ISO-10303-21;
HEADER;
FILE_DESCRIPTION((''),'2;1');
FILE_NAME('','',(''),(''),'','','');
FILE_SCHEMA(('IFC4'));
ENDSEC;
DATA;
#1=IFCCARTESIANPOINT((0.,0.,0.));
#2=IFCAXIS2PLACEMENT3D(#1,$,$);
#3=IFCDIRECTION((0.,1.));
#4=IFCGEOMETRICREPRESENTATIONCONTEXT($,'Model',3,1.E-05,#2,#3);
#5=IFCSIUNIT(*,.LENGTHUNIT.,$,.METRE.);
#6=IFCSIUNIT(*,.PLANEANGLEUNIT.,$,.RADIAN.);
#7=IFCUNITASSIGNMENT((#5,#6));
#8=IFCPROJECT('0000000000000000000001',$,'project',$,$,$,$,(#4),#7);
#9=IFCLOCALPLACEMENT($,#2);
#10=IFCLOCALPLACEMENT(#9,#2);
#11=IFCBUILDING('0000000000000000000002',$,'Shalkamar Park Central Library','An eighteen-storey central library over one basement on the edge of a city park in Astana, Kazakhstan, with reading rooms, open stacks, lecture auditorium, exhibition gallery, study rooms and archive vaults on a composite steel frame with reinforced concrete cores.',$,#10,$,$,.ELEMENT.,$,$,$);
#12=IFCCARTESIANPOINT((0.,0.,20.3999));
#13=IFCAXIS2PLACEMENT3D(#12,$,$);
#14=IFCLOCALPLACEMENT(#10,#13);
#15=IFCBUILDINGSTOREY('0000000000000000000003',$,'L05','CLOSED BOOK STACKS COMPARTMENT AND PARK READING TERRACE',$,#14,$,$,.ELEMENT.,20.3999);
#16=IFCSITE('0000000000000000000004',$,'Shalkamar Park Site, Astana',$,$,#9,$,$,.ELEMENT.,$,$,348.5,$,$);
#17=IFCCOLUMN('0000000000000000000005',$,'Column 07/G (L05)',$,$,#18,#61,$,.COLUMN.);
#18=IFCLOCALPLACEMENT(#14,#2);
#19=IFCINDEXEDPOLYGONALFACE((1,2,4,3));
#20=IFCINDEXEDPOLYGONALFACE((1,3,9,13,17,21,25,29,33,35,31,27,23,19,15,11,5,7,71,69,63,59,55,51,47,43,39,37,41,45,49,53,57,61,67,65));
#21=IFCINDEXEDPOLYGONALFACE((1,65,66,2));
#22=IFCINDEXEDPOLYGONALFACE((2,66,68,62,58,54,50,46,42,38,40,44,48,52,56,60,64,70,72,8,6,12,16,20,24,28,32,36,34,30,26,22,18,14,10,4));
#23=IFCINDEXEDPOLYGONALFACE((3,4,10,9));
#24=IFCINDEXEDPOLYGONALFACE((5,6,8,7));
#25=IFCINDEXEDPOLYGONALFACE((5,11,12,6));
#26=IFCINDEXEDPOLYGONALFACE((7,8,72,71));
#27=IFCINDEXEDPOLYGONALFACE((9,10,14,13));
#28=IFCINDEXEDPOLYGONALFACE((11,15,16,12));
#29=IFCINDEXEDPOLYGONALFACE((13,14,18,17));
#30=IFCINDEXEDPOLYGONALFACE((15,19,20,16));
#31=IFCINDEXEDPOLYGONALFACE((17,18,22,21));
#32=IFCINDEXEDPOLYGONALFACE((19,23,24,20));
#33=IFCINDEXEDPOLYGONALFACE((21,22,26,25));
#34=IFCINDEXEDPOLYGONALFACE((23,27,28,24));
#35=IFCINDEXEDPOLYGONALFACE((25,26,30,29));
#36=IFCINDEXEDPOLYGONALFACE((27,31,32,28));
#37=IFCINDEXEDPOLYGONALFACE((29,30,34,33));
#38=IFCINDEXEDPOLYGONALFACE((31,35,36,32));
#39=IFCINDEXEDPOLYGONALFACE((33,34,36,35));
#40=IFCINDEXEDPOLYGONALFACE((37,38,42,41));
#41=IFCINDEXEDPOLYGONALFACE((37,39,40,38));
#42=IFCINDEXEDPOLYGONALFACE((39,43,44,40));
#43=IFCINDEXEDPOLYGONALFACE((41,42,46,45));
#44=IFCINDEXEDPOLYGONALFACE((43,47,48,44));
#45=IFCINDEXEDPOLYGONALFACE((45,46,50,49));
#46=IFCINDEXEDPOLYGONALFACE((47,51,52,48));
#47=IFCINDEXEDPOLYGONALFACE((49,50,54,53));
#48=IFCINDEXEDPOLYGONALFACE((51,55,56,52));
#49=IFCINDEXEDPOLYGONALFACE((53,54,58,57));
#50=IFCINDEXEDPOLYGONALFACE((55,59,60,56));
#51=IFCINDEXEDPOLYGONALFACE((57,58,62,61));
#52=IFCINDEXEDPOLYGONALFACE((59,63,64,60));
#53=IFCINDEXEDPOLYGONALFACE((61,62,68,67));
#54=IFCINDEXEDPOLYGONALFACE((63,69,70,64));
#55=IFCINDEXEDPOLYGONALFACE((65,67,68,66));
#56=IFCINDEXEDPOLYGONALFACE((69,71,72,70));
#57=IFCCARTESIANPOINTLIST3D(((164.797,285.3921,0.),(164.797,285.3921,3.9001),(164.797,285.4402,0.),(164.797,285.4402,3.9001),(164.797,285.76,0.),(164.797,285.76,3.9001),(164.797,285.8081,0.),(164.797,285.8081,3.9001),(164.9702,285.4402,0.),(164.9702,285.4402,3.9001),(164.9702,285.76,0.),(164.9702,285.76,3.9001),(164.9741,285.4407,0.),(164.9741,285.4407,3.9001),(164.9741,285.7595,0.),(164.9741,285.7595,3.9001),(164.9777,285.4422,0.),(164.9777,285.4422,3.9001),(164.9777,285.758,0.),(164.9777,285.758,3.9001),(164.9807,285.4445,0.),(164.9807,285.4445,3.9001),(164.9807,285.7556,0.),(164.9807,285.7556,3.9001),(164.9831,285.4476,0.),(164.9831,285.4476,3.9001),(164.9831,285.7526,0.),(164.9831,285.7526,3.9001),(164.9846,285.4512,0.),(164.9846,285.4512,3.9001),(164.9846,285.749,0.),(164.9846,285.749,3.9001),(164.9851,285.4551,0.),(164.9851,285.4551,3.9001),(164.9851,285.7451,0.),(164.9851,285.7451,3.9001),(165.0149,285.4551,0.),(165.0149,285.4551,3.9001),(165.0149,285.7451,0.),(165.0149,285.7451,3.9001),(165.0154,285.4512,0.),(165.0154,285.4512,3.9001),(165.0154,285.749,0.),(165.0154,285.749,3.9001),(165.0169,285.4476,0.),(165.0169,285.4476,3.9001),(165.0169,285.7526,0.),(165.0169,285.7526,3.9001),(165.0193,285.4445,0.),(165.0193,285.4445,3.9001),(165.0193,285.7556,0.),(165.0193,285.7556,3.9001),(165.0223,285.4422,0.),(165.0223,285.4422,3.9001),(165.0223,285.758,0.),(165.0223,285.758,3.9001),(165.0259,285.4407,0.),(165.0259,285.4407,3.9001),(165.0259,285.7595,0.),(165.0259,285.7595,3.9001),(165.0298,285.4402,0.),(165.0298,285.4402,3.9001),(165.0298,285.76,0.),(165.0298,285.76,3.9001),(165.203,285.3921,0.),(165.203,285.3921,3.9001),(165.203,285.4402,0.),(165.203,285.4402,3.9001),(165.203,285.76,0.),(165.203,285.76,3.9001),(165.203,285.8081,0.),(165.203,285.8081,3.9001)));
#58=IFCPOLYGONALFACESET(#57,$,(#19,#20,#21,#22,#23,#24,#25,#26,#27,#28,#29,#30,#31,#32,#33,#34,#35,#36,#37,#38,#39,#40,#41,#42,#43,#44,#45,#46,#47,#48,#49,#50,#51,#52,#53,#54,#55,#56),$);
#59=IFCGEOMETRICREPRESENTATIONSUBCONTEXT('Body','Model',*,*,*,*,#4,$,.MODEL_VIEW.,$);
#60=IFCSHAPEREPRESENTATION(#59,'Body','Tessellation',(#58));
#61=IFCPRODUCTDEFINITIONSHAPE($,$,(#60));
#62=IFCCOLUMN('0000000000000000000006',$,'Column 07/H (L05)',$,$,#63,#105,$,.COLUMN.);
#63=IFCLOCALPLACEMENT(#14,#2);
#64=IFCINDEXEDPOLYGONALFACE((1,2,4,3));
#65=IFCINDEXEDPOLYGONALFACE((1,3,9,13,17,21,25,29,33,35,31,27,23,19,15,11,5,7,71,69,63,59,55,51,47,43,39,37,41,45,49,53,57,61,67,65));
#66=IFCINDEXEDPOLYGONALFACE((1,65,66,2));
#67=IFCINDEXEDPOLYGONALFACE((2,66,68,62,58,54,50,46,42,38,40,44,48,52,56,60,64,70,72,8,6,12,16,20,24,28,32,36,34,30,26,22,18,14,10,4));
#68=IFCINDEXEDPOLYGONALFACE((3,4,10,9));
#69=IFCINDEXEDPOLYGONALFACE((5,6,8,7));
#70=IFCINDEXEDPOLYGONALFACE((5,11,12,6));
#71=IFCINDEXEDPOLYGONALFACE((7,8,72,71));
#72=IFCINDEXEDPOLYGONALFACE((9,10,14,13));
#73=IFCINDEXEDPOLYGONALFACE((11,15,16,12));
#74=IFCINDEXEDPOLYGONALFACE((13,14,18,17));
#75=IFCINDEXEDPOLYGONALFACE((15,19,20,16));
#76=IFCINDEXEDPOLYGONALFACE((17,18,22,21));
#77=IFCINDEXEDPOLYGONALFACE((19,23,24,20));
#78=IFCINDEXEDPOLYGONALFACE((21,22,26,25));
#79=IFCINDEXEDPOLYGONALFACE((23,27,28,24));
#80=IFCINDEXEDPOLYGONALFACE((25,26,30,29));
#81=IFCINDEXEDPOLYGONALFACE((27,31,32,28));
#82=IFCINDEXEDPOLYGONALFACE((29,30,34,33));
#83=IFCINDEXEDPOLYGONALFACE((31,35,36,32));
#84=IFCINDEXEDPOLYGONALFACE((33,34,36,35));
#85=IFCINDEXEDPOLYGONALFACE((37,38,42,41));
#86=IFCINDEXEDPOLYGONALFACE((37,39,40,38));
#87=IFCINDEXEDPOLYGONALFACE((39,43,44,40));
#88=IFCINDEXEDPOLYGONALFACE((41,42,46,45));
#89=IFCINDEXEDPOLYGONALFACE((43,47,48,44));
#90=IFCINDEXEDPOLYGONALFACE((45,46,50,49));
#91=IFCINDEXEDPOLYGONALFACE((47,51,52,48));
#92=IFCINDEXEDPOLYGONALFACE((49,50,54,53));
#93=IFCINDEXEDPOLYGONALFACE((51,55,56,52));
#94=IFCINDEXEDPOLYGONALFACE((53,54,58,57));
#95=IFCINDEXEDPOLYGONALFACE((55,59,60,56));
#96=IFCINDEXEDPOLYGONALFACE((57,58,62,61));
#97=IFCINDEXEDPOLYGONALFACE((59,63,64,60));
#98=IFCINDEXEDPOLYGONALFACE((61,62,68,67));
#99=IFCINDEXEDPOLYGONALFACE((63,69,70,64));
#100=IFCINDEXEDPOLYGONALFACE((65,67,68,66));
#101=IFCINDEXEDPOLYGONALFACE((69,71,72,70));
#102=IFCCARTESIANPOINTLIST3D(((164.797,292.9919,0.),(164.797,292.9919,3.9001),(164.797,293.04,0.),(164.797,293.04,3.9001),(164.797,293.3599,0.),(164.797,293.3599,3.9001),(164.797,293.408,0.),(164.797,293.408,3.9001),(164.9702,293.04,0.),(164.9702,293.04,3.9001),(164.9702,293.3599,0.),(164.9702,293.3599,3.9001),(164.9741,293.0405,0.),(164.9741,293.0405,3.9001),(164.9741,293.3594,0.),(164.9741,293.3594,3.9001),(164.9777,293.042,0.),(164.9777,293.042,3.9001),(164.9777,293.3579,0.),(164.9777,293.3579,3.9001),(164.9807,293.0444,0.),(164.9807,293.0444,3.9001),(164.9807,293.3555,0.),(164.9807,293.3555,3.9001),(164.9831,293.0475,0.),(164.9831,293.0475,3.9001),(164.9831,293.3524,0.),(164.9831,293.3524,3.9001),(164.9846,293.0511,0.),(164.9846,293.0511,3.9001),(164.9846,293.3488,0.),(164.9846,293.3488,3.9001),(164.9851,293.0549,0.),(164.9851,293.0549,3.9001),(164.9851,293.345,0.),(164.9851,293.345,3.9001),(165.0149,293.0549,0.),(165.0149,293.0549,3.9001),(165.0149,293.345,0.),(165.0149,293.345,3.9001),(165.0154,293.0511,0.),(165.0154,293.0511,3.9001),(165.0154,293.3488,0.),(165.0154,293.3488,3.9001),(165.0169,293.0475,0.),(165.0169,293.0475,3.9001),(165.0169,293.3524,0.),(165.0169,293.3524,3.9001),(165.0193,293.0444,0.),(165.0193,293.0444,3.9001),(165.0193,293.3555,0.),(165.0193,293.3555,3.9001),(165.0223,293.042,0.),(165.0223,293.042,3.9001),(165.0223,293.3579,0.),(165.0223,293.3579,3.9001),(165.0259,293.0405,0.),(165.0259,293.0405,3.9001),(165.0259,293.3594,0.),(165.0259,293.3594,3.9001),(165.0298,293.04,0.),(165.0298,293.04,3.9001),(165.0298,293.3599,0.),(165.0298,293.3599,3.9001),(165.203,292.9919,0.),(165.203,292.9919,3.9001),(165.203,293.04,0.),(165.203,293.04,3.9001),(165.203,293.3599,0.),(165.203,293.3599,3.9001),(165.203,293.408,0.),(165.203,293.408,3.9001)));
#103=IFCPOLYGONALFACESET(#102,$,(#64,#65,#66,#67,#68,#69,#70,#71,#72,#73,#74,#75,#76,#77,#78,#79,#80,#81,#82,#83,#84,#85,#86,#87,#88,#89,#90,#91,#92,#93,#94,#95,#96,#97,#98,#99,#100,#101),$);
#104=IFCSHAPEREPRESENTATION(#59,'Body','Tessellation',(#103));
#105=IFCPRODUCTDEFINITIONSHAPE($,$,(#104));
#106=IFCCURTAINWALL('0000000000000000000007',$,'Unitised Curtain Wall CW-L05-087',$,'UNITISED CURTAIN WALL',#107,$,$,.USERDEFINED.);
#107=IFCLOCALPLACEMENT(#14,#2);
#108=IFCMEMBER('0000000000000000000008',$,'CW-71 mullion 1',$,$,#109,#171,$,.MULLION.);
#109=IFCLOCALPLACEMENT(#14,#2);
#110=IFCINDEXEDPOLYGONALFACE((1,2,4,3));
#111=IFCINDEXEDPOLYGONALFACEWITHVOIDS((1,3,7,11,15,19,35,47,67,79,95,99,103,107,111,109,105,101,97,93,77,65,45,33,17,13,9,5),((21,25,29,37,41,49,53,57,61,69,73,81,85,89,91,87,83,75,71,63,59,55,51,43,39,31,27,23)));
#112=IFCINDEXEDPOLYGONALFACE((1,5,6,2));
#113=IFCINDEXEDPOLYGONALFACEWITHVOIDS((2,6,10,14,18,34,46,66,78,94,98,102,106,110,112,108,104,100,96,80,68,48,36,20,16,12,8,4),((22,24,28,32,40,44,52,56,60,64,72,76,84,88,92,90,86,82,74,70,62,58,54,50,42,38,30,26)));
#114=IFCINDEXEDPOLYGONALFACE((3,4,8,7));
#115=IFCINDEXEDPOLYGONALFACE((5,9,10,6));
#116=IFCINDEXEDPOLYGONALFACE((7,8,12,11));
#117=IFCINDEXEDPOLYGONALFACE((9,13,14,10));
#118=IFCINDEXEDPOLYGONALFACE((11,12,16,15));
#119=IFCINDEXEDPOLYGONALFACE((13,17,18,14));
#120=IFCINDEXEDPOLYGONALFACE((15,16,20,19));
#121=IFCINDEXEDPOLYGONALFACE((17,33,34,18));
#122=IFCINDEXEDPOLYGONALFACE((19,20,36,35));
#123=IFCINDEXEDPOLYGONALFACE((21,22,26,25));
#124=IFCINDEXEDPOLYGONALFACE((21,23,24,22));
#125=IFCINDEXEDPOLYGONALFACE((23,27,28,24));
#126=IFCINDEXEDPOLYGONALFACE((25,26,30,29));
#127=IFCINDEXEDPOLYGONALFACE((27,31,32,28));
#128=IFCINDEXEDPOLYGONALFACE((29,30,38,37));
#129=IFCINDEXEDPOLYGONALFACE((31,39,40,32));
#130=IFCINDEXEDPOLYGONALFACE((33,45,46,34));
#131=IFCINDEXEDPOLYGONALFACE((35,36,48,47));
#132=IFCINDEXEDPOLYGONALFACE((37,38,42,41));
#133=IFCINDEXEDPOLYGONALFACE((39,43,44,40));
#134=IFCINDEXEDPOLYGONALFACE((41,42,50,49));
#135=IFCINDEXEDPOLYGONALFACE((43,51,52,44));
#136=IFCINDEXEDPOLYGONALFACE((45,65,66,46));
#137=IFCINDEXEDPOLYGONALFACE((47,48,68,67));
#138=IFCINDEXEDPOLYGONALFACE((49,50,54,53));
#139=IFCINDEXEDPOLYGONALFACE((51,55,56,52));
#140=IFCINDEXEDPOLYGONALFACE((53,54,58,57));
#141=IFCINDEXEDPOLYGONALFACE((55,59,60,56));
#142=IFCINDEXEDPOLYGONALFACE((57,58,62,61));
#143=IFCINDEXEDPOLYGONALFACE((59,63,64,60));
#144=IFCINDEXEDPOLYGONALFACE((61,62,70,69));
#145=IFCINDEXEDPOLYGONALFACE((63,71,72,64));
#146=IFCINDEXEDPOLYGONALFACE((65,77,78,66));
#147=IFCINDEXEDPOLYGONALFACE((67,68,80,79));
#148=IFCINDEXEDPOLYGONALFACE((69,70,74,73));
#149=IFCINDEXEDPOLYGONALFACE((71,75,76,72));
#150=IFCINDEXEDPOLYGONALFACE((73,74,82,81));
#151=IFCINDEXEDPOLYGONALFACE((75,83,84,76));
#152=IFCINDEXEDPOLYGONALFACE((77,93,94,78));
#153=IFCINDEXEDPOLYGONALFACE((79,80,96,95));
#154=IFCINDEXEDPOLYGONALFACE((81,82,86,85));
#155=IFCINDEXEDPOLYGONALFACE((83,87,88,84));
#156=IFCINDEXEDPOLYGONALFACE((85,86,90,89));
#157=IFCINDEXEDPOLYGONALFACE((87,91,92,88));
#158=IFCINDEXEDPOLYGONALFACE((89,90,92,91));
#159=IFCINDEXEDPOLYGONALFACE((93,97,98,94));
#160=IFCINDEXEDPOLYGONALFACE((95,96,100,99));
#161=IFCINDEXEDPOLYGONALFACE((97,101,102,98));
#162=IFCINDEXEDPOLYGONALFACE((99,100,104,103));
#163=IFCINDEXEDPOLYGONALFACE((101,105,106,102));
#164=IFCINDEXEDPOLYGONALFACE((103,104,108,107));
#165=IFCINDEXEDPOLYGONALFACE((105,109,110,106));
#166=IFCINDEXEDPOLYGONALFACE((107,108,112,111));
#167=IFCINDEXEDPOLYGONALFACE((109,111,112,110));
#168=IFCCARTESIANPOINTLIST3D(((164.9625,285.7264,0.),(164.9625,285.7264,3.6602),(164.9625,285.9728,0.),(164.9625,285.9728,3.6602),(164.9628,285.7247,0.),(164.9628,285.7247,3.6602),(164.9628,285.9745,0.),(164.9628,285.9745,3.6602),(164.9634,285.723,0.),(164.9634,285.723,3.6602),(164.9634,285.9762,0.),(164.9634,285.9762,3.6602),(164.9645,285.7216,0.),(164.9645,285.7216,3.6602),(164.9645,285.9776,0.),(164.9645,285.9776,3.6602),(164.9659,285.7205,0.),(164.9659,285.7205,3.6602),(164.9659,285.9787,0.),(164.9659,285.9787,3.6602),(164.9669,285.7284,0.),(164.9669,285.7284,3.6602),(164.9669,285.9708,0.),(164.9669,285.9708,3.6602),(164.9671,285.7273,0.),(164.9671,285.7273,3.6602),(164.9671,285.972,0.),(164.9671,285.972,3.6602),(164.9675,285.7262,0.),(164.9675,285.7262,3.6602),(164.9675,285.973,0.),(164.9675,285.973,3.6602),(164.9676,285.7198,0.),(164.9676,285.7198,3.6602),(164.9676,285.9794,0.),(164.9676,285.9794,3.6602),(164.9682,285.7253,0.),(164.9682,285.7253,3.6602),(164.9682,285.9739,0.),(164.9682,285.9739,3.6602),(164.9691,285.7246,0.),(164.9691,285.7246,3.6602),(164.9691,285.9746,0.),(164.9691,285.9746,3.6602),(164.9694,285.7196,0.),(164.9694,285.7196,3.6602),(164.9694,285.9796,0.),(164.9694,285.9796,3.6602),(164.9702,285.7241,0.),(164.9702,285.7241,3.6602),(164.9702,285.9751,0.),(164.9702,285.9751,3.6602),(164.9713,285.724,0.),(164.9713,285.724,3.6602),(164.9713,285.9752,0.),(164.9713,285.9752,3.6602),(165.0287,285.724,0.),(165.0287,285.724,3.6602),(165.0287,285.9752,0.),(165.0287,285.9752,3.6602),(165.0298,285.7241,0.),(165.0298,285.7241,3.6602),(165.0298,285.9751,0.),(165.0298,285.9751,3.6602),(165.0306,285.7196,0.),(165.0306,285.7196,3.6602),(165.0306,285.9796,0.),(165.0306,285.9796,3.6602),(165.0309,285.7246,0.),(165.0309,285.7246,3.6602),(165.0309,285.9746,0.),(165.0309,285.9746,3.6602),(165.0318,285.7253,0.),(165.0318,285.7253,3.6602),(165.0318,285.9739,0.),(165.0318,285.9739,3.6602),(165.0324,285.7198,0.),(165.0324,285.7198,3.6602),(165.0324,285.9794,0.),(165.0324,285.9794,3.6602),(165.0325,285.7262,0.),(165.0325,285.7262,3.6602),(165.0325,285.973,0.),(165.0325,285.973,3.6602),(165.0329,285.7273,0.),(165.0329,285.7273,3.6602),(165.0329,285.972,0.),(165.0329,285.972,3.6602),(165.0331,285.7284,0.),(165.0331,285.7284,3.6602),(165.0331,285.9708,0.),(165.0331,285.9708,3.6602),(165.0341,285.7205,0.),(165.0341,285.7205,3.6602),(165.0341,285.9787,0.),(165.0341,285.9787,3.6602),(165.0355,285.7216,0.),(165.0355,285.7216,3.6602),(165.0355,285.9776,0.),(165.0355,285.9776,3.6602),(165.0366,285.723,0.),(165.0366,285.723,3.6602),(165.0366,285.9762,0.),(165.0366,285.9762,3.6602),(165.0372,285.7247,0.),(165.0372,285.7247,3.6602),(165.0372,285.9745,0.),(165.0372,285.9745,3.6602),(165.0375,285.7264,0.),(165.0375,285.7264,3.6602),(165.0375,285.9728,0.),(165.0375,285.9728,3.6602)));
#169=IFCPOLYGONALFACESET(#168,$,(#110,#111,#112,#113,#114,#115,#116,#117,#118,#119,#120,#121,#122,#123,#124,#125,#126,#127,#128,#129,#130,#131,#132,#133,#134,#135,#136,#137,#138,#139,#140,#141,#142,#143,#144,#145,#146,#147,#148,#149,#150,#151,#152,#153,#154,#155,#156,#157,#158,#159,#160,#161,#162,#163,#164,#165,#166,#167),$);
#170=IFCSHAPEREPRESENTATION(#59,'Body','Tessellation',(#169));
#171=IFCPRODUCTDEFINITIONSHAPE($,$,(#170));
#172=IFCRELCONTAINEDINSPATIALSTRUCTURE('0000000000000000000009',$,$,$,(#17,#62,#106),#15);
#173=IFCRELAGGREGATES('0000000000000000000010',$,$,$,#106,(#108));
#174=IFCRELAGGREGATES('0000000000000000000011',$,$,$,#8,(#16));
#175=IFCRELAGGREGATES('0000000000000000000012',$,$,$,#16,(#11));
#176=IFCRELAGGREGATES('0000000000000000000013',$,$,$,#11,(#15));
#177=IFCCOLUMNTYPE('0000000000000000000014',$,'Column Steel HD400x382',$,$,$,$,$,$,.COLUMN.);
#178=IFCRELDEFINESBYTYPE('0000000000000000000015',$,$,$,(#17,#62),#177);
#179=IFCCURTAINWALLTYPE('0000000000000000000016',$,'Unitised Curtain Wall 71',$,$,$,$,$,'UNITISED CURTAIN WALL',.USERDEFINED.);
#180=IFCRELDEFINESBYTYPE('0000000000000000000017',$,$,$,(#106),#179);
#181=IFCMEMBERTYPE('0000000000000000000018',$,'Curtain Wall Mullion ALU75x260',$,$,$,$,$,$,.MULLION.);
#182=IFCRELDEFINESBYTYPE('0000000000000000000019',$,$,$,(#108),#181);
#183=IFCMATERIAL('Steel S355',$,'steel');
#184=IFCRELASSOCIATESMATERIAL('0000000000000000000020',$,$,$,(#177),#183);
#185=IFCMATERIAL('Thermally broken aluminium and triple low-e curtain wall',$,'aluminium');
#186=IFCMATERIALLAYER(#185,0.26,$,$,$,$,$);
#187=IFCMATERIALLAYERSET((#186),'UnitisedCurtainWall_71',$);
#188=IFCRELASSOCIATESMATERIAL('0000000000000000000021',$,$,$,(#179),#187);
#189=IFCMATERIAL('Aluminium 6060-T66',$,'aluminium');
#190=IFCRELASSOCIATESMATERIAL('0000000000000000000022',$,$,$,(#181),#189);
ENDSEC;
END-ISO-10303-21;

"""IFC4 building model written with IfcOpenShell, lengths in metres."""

from ifc_helpers import new_model, si_unit, direction, frame, origin, origin_2d, place, context, subcontext, project, spatial, hollow_rectangle, i_section, extrude, material, layer, layer_set, material_profile, profile_set, type_object, element, aggregate, save


model = new_model("IFC4")

# Units and contexts
model_context = context("Model", 3, precision=1e-05, world=origin(), true_north=direction((0.0, 1.0)))
body_context = subcontext(model_context, "Body", "Model", "MODEL_VIEW")
ifc_project = project(units=[si_unit("LENGTHUNIT", "METRE"), si_unit("PLANEANGLEUNIT", "RADIAN")], contexts=[model_context])

# Site, building, storey
site_placement = place(None, origin())
site = spatial("IfcSite", under=ifc_project, at=site_placement, Name="Shalkamar Park Site, Astana", CompositionType="ELEMENT", RefElevation=348.5)
building_placement = place(site_placement, origin())
building = spatial("IfcBuilding", under=site, at=building_placement, Name="Shalkamar Park Central Library", Description="An eighteen-storey central library over one basement on the edge of a city park in Astana, Kazakhstan, with reading rooms, open stacks, lecture auditorium, exhibition gallery, study rooms and archive vaults on a composite steel frame with reinforced concrete cores.", CompositionType="ELEMENT")
storey_placement = place(building_placement, frame((0.0, 0.0, 20.3999)))
storey = spatial("IfcBuildingStorey", under=building, at=storey_placement, Name="L05", Description="CLOSED BOOK STACKS COMPARTMENT AND PARK READING TERRACE", CompositionType="ELEMENT", Elevation=20.3999)

# Columns
ifc_material_1 = material(Name="Steel S355", Category="steel")
ifc_material_profile_1 = material_profile(ifc_material_1, i_section(OverallWidth=0.406, OverallDepth=0.416, WebThickness=0.0298, FlangeThickness=0.0481, FilletRadius=0.0149, at=origin_2d()), Name="HD 400x382")
ifc_profile_set_1 = profile_set([ifc_material_profile_1], Name="Steel S355")
column_type = type_object("IfcColumnType", Name="Column Steel HD400x382", PredefinedType="COLUMN", material=ifc_profile_set_1)
for number, where, z_axis, x_axis, name in (
    (1, (165.0, 285.6001, 0.0), (0.0, 0.0, 1.0), (1.0, 0.0, 0.0), "Column 07/G (L05)"),
    (2, (165.0, 293.2, 0.0), (0.0, 0.0, 1.0), (1.0, 0.0, 0.0), "Column 07/H (L05)"),
):
    element("IfcColumn", number, at=place(storey_placement, frame(where, z_axis=z_axis, x_axis=x_axis)), inside=storey, type_object=column_type, Name=name, PredefinedType="COLUMN", context=body_context, shape_type="SweptSolid", body=[
        extrude(i_section(OverallWidth=0.406, OverallDepth=0.416, WebThickness=0.0298, FlangeThickness=0.0481, FilletRadius=0.0149, at=origin_2d()), origin(), (0.0, 0.0, 1.0), 3.9001),
    ])

# Curtain wall, member
ifc_material_2 = material(Name="Thermally broken aluminium and triple low-e curtain wall", Category="aluminium")
ifc_layer_1 = layer(ifc_material_2, 0.26)
ifc_layer_set_1 = layer_set([ifc_layer_1], Name="UnitisedCurtainWall_71")
curtain_wall_type = type_object("IfcCurtainWallType", Name="Unitised Curtain Wall 71", ElementType="UNITISED CURTAIN WALL", PredefinedType="USERDEFINED", material=ifc_layer_set_1)
curtain_wall_placement = place(storey_placement, origin())
curtain_wall = element("IfcCurtainWall", 3, at=curtain_wall_placement, inside=storey, type_object=curtain_wall_type, Name="Unitised Curtain Wall CW-L05-087", ObjectType="UNITISED CURTAIN WALL", PredefinedType="USERDEFINED")
ifc_material_3 = material(Name="Aluminium 6060-T66", Category="aluminium")
ifc_material_profile_2 = material_profile(ifc_material_3, hollow_rectangle(XDim=0.075, YDim=0.26, WallThickness=0.0044, InnerFilletRadius=0.0044, OuterFilletRadius=0.0068, at=origin_2d()), Name="ALU 75x260x4.5")
ifc_profile_set_2 = profile_set([ifc_material_profile_2], Name="Aluminium 6060-T66")
member_type_1 = type_object("IfcMemberType", Name="Curtain Wall Mullion ALU75x260", PredefinedType="MULLION", material=ifc_profile_set_2)
member_1_placement = place(storey_placement, frame((165.0, 285.8496, 0.0), z_axis=(0.0, 0.0, 1.0), x_axis=(-1.0, 0.0, 0.0)))
member_1 = element("IfcMember", 4, at=member_1_placement, type_object=member_type_1, Name="CW-71 mullion 1", PredefinedType="MULLION", context=body_context, shape_type="SweptSolid", body=[
    extrude(hollow_rectangle(XDim=0.075, YDim=0.26, WallThickness=0.0044, InnerFilletRadius=0.0044, OuterFilletRadius=0.0068, at=origin_2d()), origin(), (0.0, 0.0, 1.0), 3.6602),
])

aggregate(curtain_wall, [member_1])

save(model, "model.ifc")
